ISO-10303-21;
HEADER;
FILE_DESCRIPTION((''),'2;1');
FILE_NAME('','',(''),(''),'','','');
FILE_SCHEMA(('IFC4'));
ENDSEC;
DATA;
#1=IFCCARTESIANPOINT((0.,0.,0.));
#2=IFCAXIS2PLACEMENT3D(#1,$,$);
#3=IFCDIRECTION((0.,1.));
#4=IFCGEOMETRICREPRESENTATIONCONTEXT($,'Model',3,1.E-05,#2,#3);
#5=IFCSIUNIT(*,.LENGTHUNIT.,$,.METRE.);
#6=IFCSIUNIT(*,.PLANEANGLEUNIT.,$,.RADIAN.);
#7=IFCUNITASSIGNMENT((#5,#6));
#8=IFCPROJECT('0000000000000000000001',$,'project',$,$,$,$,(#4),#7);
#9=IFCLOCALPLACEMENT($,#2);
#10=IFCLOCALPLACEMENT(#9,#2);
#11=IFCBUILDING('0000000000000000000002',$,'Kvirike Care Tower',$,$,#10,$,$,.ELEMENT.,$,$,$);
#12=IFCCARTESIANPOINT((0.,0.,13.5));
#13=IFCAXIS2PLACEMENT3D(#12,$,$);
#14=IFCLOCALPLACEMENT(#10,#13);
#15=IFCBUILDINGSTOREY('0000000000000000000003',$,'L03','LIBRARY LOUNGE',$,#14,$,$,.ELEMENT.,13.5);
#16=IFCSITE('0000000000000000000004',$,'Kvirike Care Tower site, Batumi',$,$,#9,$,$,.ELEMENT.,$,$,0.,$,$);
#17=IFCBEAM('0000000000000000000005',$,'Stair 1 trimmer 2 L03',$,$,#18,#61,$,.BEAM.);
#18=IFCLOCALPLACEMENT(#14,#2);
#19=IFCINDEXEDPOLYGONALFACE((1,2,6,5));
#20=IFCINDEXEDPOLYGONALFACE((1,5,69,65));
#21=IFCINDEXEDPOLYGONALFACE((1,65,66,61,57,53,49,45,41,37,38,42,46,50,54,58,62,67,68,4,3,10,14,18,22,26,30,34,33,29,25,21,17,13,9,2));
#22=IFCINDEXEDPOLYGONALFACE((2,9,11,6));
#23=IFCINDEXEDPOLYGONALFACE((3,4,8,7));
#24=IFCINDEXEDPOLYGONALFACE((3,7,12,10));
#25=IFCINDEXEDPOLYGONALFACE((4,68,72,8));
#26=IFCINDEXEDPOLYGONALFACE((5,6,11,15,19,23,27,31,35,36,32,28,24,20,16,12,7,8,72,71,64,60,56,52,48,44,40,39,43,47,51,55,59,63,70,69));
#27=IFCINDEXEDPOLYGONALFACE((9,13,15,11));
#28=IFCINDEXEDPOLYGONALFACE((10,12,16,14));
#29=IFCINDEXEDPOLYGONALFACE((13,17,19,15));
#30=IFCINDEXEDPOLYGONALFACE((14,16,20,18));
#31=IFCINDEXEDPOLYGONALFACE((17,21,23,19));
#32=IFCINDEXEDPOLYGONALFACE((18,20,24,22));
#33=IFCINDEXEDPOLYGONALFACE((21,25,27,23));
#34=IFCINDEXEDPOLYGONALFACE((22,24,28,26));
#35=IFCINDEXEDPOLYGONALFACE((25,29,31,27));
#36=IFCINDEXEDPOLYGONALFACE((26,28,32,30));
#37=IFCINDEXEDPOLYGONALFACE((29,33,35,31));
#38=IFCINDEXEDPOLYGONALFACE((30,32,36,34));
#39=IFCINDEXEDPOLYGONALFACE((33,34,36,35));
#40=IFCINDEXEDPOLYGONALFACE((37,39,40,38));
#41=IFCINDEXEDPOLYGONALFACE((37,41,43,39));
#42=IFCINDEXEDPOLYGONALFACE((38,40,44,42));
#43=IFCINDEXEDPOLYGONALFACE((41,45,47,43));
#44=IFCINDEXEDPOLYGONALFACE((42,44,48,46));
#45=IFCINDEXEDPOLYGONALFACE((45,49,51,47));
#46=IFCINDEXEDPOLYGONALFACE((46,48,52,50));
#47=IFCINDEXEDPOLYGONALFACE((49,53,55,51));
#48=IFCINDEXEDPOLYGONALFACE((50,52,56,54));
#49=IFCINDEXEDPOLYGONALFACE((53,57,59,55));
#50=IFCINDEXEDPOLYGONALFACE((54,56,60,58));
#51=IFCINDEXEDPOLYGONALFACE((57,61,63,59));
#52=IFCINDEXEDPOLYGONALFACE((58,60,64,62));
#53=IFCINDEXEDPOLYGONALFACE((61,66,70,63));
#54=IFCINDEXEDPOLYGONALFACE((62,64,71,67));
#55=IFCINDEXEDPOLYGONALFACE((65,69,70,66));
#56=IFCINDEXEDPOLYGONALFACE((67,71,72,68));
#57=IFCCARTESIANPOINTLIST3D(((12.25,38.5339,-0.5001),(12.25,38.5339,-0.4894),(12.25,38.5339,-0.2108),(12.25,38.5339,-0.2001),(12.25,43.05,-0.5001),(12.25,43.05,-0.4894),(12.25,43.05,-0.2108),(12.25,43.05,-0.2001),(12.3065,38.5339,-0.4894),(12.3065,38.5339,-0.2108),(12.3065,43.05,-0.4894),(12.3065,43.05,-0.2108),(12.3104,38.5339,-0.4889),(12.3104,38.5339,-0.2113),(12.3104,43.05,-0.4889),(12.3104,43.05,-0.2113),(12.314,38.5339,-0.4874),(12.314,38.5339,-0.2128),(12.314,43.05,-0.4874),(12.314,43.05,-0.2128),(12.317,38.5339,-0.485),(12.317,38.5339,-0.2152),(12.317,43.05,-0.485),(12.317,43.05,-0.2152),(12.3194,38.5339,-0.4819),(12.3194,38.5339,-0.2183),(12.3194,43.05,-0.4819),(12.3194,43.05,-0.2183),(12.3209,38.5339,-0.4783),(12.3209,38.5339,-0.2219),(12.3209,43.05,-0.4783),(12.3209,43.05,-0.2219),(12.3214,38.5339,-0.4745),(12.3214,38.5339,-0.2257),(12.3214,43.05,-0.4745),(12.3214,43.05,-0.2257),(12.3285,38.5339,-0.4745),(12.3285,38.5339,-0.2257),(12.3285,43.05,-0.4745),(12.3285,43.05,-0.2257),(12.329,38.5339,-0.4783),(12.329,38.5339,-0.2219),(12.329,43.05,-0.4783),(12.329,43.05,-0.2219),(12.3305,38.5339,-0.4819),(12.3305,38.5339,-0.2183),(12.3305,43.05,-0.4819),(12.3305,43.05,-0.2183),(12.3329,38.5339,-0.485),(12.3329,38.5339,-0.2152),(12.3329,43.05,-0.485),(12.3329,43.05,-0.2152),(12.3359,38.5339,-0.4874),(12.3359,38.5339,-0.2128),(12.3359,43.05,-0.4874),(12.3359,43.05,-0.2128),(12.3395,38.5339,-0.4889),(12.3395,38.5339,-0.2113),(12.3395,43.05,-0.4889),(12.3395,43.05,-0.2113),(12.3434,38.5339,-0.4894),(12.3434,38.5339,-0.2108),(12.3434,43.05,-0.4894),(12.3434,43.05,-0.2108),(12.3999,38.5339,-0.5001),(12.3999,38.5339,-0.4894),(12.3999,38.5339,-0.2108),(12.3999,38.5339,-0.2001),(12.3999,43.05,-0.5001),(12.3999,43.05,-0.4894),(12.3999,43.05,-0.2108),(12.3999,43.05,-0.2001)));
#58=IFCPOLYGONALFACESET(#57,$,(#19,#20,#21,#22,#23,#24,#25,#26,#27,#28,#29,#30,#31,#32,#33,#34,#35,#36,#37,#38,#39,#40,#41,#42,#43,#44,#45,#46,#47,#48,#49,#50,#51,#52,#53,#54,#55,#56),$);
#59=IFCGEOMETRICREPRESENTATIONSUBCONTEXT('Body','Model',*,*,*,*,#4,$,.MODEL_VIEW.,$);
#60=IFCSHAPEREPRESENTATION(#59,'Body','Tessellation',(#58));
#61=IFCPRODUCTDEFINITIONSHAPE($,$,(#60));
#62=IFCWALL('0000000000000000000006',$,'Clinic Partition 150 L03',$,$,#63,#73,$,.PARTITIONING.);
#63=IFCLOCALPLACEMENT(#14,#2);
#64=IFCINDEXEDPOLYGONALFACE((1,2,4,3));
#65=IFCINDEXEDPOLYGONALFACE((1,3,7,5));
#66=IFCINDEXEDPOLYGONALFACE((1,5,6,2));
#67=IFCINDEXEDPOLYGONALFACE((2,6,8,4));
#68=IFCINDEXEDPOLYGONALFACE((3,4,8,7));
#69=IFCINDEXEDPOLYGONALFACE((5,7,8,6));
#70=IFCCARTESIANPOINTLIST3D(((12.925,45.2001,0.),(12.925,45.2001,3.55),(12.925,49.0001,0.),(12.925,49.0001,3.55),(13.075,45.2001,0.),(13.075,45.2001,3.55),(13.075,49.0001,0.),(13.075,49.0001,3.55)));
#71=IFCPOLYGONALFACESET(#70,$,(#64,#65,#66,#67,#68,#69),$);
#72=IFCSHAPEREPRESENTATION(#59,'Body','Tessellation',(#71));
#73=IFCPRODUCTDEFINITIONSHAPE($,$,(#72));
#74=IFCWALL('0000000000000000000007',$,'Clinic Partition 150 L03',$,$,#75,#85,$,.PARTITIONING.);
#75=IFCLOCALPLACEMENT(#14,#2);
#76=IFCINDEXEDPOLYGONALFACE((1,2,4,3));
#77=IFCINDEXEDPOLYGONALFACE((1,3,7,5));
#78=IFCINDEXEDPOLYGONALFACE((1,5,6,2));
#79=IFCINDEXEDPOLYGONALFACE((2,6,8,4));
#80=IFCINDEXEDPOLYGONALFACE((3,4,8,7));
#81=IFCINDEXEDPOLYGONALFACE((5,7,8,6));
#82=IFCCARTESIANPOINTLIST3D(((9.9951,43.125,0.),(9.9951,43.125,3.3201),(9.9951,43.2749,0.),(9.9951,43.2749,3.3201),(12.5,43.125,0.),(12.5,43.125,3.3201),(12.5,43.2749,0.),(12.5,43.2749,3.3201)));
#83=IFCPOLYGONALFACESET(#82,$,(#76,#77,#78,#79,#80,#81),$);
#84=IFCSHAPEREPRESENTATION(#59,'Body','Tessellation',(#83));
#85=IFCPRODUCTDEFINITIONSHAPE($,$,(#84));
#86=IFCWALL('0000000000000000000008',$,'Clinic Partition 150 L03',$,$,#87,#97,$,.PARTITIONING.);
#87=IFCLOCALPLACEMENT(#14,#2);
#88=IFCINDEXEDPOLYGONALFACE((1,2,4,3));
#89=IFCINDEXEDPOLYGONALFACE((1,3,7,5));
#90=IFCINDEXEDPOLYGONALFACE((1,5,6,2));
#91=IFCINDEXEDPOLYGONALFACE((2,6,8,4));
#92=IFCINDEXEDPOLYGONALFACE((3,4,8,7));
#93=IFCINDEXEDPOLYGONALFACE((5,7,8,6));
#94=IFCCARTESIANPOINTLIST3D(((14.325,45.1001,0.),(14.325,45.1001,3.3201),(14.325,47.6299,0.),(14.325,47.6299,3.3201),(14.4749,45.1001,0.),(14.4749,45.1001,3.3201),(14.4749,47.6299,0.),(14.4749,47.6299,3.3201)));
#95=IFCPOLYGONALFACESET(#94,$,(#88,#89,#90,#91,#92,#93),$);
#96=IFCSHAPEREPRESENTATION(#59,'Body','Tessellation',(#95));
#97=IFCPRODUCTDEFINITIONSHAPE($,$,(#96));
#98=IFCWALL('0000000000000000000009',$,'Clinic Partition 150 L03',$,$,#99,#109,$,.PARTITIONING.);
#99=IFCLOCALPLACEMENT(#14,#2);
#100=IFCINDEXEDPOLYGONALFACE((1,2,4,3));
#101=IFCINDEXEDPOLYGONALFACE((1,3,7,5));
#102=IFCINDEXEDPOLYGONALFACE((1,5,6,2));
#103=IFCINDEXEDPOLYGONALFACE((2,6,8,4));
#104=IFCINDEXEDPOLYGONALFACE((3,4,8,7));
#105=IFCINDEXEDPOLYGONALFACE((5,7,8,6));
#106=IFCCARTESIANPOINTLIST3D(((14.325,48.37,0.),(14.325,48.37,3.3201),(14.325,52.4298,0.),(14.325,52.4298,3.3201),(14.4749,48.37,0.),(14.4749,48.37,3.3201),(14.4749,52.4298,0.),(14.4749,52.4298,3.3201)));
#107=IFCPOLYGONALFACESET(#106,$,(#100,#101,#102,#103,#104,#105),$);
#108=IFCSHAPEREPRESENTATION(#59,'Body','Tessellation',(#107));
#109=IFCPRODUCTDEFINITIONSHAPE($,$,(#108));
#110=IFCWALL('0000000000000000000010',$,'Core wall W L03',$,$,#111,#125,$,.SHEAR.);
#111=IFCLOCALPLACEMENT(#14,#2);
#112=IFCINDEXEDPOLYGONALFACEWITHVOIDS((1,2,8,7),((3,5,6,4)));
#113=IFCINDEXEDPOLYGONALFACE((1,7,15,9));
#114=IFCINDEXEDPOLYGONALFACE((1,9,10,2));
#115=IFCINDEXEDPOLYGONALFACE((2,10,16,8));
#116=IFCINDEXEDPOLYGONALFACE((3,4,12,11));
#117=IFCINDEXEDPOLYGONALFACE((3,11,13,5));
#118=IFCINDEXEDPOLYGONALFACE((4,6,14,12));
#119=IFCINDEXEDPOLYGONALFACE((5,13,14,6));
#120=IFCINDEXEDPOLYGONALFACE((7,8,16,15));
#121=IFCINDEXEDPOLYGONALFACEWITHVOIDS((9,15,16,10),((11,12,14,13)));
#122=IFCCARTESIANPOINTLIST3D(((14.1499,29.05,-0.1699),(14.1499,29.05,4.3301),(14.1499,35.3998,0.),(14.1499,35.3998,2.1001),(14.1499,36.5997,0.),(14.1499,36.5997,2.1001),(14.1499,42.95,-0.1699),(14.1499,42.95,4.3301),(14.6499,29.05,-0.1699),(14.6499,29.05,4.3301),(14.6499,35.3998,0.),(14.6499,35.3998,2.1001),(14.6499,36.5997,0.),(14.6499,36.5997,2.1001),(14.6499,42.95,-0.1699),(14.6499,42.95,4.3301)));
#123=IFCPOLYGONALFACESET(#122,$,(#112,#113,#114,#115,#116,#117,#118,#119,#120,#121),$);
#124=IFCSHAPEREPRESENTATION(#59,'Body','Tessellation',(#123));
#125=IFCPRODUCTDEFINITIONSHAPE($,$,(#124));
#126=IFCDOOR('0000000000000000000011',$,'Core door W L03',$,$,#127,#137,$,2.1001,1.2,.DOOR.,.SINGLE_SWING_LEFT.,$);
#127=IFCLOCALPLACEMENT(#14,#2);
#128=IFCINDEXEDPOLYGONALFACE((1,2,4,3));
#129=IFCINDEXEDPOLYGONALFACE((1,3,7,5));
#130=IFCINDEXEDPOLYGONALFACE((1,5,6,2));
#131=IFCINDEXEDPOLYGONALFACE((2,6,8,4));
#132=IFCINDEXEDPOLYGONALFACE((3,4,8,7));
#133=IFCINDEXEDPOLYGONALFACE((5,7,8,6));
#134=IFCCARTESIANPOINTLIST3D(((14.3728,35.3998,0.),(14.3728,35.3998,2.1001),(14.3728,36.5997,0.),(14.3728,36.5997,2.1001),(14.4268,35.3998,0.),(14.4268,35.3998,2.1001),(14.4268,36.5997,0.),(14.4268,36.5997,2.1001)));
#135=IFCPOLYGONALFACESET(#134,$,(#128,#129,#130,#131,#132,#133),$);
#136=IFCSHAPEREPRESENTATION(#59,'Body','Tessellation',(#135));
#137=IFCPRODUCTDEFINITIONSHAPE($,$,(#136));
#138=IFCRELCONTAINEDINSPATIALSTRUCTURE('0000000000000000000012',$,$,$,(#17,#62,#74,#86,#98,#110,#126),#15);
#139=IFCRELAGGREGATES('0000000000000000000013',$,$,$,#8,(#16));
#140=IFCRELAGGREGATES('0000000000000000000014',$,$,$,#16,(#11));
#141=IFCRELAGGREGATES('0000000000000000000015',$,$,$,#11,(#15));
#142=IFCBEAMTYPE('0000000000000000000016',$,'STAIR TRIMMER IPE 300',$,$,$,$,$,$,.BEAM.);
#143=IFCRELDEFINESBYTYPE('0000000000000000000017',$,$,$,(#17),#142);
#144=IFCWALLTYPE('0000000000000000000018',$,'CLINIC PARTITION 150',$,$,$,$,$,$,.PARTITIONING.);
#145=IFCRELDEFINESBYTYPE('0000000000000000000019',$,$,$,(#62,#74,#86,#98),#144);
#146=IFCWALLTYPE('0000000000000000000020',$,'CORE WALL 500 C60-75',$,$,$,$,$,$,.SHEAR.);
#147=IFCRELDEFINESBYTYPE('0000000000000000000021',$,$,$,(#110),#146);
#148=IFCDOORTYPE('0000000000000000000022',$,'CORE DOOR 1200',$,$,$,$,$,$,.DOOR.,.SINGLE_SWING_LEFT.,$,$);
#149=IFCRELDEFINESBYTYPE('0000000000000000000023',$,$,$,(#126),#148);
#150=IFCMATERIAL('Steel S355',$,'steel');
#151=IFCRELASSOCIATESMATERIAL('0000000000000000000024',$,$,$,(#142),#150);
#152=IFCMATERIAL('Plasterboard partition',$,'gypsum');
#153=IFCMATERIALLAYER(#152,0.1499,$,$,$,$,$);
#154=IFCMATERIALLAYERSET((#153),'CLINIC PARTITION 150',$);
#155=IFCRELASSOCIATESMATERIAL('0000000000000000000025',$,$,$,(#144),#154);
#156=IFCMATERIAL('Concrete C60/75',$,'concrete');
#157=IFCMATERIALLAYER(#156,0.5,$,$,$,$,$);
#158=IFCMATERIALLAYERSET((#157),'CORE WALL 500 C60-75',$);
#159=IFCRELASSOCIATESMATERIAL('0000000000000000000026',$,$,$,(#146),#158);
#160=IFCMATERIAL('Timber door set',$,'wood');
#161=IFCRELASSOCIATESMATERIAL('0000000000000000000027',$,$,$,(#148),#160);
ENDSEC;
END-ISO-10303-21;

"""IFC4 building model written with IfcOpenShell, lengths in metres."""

from ifc_helpers import new_model, si_unit, direction, frame, frame_2d, origin, origin_2d, place, context, subcontext, project, spatial, rectangle, i_section, extrude, material, layer, layer_set, material_profile, profile_set, type_object, element, fill, save


model = new_model("IFC4")

# Units and contexts
model_context = context("Model", 3, precision=1e-05, world=origin(), true_north=direction((0.0, 1.0)))
body_context = subcontext(model_context, "Body", "Model", "MODEL_VIEW")
ifc_project = project(units=[si_unit("LENGTHUNIT", "METRE"), si_unit("PLANEANGLEUNIT", "RADIAN")], contexts=[model_context])

# Site, building, storey
site_placement = place(None, origin())
site = spatial("IfcSite", under=ifc_project, at=site_placement, Name="Kvirike Care Tower site, Batumi", CompositionType="ELEMENT", RefElevation=0.0)
building_placement = place(site_placement, origin())
building = spatial("IfcBuilding", under=site, at=building_placement, Name="Kvirike Care Tower", CompositionType="ELEMENT")
storey_placement = place(building_placement, frame((0.0, 0.0, 13.5)))
storey = spatial("IfcBuildingStorey", under=building, at=storey_placement, Name="L03", Description="LIBRARY LOUNGE", CompositionType="ELEMENT", Elevation=13.5)

# Beam
ifc_material_1 = material(Name="Steel S355", Category="steel")
ifc_material_profile_1 = material_profile(ifc_material_1, i_section(OverallWidth=0.1499, OverallDepth=0.3, WebThickness=0.0071, FlangeThickness=0.0107, FilletRadius=0.0149, at=origin_2d()), Name="IPE 300")
ifc_profile_set_1 = profile_set([ifc_material_profile_1], Name="Steel S355")
beam_type_1 = type_object("IfcBeamType", Name="STAIR TRIMMER IPE 300", PredefinedType="BEAM", material=ifc_profile_set_1)
beam_1_placement = place(storey_placement, frame((12.325, 43.05, -0.3501), z_axis=(0.0, -1.0, 0.0), x_axis=(1.0, 0.0, 0.0)))
element("IfcBeam", 1, at=beam_1_placement, inside=storey, type_object=beam_type_1, Name="Stair 1 trimmer 2 L03", PredefinedType="BEAM", context=body_context, shape_type="SweptSolid", body=[
    extrude(i_section(OverallWidth=0.1499, OverallDepth=0.3, WebThickness=0.0071, FlangeThickness=0.0107, FilletRadius=0.0149, at=origin_2d()), origin(), (0.0, 0.0, 1.0), 4.5161),
])

# Walls
ifc_material_2 = material(Name="Plasterboard partition", Category="gypsum")
ifc_layer_1 = layer(ifc_material_2, 0.1499)
ifc_layer_set_1 = layer_set([ifc_layer_1], Name="CLINIC PARTITION 150")
wall_type_1 = type_object("IfcWallType", Name="CLINIC PARTITION 150", PredefinedType="PARTITIONING", material=ifc_layer_set_1)
wall_1_placement = place(storey_placement, frame((13.0, 49.0, 0.0), z_axis=(0.0, 0.0, 1.0), x_axis=(0.0, -1.0, 0.0)))
element("IfcWall", 2, at=wall_1_placement, inside=storey, type_object=wall_type_1, Name="Clinic Partition 150 L03", PredefinedType="PARTITIONING", context=body_context, shape_type="SweptSolid", body=[
    extrude(rectangle(XDim=3.8, YDim=0.1499, at=frame_2d((1.8999, 0.0))), origin(), (0.0, 0.0, 1.0), 3.55),
])
wall_2_placement = place(storey_placement, frame((12.5, 43.2, 0.0), z_axis=(0.0, 0.0, 1.0), x_axis=(-1.0, 0.0, 0.0)))
element("IfcWall", 3, at=wall_2_placement, inside=storey, type_object=wall_type_1, Name="Clinic Partition 150 L03", PredefinedType="PARTITIONING", context=body_context, shape_type="SweptSolid", body=[
    extrude(rectangle(XDim=2.5049, YDim=0.1499, at=frame_2d((1.2524, 0.0))), origin(), (0.0, 0.0, 1.0), 3.3201),
])
wall_3_placement = place(storey_placement, frame((14.3999, 45.1001, 0.0), z_axis=(0.0, 0.0, 1.0), x_axis=(0.0, 1.0, 0.0)))
element("IfcWall", 4, at=wall_3_placement, inside=storey, type_object=wall_type_1, Name="Clinic Partition 150 L03", PredefinedType="PARTITIONING", context=body_context, shape_type="SweptSolid", body=[
    extrude(rectangle(XDim=2.5298, YDim=0.1499, at=frame_2d((1.2649, 0.0))), origin(), (0.0, 0.0, 1.0), 3.3201),
])
wall_4_placement = place(storey_placement, frame((14.3999, 48.3701, 0.0), z_axis=(0.0, 0.0, 1.0), x_axis=(0.0, 1.0, 0.0)))
element("IfcWall", 5, at=wall_4_placement, inside=storey, type_object=wall_type_1, Name="Clinic Partition 150 L03", PredefinedType="PARTITIONING", context=body_context, shape_type="SweptSolid", body=[
    extrude(rectangle(XDim=4.0598, YDim=0.1499, at=frame_2d((2.0298, 0.0))), origin(), (0.0, 0.0, 1.0), 3.3201),
])

# Wall, opening, door
ifc_material_3 = material(Name="Concrete C60/75", Category="concrete")
ifc_layer_2 = layer(ifc_material_3, 0.5)
ifc_layer_set_2 = layer_set([ifc_layer_2], Name="CORE WALL 500 C60-75")
wall_type_2 = type_object("IfcWallType", Name="CORE WALL 500 C60-75", PredefinedType="SHEAR", material=ifc_layer_set_2)
wall_5_placement = place(storey_placement, frame((14.3999, 42.95, -0.1699), z_axis=(0.0, 0.0, 1.0), x_axis=(0.0, -1.0, 0.0)))
wall_5 = element("IfcWall", 6, at=wall_5_placement, inside=storey, type_object=wall_type_2, Name="Core wall W L03", PredefinedType="SHEAR", context=body_context, shape_type="SweptSolid", body=[
    extrude(rectangle(XDim=13.8999, YDim=0.5, at=frame_2d((6.95, 0.0))), origin(), (0.0, 0.0, 1.0), 4.5),
])
opening_1_placement = place(wall_5_placement, frame((6.3501, 0.0, 0.1699)))
opening_1 = element("IfcOpeningElement", 7, at=opening_1_placement, cuts=wall_5, PredefinedType="OPENING", context=body_context, shape_type="SweptSolid", body=[
    extrude(rectangle(XDim=1.2, YDim=2.1001, at=frame_2d((0.6001, 1.05))), frame((0.0, 0.2605, 0.0), z_axis=(0.0, -1.0, 0.0), x_axis=(1.0, 0.0, 0.0)), (0.0, 0.0, 1.0), 0.521),
])
ifc_material_4 = material(Name="Timber door set", Category="wood")
door_type_1 = type_object("IfcDoorType", Name="CORE DOOR 1200", OperationType="SINGLE_SWING_LEFT", PredefinedType="DOOR", material=ifc_material_4)
door_1_placement = place(opening_1_placement, origin())
door_1 = element("IfcDoor", 8, at=door_1_placement, inside=storey, type_object=door_type_1, Name="Core door W L03", OperationType="SINGLE_SWING_LEFT", OverallHeight=2.1001, OverallWidth=1.2, PredefinedType="DOOR", context=body_context, shape_type="SweptSolid", body=[
    extrude(rectangle(XDim=1.2, YDim=2.1001, at=frame_2d((0.6001, 1.05))), frame((0.0, 0.0269, 0.0), z_axis=(0.0, -1.0, 0.0), x_axis=(1.0, 0.0, 0.0)), (0.0, 0.0, 1.0), 0.054),
])
fill(opening_1, door_1)

save(model, "model.ifc")
